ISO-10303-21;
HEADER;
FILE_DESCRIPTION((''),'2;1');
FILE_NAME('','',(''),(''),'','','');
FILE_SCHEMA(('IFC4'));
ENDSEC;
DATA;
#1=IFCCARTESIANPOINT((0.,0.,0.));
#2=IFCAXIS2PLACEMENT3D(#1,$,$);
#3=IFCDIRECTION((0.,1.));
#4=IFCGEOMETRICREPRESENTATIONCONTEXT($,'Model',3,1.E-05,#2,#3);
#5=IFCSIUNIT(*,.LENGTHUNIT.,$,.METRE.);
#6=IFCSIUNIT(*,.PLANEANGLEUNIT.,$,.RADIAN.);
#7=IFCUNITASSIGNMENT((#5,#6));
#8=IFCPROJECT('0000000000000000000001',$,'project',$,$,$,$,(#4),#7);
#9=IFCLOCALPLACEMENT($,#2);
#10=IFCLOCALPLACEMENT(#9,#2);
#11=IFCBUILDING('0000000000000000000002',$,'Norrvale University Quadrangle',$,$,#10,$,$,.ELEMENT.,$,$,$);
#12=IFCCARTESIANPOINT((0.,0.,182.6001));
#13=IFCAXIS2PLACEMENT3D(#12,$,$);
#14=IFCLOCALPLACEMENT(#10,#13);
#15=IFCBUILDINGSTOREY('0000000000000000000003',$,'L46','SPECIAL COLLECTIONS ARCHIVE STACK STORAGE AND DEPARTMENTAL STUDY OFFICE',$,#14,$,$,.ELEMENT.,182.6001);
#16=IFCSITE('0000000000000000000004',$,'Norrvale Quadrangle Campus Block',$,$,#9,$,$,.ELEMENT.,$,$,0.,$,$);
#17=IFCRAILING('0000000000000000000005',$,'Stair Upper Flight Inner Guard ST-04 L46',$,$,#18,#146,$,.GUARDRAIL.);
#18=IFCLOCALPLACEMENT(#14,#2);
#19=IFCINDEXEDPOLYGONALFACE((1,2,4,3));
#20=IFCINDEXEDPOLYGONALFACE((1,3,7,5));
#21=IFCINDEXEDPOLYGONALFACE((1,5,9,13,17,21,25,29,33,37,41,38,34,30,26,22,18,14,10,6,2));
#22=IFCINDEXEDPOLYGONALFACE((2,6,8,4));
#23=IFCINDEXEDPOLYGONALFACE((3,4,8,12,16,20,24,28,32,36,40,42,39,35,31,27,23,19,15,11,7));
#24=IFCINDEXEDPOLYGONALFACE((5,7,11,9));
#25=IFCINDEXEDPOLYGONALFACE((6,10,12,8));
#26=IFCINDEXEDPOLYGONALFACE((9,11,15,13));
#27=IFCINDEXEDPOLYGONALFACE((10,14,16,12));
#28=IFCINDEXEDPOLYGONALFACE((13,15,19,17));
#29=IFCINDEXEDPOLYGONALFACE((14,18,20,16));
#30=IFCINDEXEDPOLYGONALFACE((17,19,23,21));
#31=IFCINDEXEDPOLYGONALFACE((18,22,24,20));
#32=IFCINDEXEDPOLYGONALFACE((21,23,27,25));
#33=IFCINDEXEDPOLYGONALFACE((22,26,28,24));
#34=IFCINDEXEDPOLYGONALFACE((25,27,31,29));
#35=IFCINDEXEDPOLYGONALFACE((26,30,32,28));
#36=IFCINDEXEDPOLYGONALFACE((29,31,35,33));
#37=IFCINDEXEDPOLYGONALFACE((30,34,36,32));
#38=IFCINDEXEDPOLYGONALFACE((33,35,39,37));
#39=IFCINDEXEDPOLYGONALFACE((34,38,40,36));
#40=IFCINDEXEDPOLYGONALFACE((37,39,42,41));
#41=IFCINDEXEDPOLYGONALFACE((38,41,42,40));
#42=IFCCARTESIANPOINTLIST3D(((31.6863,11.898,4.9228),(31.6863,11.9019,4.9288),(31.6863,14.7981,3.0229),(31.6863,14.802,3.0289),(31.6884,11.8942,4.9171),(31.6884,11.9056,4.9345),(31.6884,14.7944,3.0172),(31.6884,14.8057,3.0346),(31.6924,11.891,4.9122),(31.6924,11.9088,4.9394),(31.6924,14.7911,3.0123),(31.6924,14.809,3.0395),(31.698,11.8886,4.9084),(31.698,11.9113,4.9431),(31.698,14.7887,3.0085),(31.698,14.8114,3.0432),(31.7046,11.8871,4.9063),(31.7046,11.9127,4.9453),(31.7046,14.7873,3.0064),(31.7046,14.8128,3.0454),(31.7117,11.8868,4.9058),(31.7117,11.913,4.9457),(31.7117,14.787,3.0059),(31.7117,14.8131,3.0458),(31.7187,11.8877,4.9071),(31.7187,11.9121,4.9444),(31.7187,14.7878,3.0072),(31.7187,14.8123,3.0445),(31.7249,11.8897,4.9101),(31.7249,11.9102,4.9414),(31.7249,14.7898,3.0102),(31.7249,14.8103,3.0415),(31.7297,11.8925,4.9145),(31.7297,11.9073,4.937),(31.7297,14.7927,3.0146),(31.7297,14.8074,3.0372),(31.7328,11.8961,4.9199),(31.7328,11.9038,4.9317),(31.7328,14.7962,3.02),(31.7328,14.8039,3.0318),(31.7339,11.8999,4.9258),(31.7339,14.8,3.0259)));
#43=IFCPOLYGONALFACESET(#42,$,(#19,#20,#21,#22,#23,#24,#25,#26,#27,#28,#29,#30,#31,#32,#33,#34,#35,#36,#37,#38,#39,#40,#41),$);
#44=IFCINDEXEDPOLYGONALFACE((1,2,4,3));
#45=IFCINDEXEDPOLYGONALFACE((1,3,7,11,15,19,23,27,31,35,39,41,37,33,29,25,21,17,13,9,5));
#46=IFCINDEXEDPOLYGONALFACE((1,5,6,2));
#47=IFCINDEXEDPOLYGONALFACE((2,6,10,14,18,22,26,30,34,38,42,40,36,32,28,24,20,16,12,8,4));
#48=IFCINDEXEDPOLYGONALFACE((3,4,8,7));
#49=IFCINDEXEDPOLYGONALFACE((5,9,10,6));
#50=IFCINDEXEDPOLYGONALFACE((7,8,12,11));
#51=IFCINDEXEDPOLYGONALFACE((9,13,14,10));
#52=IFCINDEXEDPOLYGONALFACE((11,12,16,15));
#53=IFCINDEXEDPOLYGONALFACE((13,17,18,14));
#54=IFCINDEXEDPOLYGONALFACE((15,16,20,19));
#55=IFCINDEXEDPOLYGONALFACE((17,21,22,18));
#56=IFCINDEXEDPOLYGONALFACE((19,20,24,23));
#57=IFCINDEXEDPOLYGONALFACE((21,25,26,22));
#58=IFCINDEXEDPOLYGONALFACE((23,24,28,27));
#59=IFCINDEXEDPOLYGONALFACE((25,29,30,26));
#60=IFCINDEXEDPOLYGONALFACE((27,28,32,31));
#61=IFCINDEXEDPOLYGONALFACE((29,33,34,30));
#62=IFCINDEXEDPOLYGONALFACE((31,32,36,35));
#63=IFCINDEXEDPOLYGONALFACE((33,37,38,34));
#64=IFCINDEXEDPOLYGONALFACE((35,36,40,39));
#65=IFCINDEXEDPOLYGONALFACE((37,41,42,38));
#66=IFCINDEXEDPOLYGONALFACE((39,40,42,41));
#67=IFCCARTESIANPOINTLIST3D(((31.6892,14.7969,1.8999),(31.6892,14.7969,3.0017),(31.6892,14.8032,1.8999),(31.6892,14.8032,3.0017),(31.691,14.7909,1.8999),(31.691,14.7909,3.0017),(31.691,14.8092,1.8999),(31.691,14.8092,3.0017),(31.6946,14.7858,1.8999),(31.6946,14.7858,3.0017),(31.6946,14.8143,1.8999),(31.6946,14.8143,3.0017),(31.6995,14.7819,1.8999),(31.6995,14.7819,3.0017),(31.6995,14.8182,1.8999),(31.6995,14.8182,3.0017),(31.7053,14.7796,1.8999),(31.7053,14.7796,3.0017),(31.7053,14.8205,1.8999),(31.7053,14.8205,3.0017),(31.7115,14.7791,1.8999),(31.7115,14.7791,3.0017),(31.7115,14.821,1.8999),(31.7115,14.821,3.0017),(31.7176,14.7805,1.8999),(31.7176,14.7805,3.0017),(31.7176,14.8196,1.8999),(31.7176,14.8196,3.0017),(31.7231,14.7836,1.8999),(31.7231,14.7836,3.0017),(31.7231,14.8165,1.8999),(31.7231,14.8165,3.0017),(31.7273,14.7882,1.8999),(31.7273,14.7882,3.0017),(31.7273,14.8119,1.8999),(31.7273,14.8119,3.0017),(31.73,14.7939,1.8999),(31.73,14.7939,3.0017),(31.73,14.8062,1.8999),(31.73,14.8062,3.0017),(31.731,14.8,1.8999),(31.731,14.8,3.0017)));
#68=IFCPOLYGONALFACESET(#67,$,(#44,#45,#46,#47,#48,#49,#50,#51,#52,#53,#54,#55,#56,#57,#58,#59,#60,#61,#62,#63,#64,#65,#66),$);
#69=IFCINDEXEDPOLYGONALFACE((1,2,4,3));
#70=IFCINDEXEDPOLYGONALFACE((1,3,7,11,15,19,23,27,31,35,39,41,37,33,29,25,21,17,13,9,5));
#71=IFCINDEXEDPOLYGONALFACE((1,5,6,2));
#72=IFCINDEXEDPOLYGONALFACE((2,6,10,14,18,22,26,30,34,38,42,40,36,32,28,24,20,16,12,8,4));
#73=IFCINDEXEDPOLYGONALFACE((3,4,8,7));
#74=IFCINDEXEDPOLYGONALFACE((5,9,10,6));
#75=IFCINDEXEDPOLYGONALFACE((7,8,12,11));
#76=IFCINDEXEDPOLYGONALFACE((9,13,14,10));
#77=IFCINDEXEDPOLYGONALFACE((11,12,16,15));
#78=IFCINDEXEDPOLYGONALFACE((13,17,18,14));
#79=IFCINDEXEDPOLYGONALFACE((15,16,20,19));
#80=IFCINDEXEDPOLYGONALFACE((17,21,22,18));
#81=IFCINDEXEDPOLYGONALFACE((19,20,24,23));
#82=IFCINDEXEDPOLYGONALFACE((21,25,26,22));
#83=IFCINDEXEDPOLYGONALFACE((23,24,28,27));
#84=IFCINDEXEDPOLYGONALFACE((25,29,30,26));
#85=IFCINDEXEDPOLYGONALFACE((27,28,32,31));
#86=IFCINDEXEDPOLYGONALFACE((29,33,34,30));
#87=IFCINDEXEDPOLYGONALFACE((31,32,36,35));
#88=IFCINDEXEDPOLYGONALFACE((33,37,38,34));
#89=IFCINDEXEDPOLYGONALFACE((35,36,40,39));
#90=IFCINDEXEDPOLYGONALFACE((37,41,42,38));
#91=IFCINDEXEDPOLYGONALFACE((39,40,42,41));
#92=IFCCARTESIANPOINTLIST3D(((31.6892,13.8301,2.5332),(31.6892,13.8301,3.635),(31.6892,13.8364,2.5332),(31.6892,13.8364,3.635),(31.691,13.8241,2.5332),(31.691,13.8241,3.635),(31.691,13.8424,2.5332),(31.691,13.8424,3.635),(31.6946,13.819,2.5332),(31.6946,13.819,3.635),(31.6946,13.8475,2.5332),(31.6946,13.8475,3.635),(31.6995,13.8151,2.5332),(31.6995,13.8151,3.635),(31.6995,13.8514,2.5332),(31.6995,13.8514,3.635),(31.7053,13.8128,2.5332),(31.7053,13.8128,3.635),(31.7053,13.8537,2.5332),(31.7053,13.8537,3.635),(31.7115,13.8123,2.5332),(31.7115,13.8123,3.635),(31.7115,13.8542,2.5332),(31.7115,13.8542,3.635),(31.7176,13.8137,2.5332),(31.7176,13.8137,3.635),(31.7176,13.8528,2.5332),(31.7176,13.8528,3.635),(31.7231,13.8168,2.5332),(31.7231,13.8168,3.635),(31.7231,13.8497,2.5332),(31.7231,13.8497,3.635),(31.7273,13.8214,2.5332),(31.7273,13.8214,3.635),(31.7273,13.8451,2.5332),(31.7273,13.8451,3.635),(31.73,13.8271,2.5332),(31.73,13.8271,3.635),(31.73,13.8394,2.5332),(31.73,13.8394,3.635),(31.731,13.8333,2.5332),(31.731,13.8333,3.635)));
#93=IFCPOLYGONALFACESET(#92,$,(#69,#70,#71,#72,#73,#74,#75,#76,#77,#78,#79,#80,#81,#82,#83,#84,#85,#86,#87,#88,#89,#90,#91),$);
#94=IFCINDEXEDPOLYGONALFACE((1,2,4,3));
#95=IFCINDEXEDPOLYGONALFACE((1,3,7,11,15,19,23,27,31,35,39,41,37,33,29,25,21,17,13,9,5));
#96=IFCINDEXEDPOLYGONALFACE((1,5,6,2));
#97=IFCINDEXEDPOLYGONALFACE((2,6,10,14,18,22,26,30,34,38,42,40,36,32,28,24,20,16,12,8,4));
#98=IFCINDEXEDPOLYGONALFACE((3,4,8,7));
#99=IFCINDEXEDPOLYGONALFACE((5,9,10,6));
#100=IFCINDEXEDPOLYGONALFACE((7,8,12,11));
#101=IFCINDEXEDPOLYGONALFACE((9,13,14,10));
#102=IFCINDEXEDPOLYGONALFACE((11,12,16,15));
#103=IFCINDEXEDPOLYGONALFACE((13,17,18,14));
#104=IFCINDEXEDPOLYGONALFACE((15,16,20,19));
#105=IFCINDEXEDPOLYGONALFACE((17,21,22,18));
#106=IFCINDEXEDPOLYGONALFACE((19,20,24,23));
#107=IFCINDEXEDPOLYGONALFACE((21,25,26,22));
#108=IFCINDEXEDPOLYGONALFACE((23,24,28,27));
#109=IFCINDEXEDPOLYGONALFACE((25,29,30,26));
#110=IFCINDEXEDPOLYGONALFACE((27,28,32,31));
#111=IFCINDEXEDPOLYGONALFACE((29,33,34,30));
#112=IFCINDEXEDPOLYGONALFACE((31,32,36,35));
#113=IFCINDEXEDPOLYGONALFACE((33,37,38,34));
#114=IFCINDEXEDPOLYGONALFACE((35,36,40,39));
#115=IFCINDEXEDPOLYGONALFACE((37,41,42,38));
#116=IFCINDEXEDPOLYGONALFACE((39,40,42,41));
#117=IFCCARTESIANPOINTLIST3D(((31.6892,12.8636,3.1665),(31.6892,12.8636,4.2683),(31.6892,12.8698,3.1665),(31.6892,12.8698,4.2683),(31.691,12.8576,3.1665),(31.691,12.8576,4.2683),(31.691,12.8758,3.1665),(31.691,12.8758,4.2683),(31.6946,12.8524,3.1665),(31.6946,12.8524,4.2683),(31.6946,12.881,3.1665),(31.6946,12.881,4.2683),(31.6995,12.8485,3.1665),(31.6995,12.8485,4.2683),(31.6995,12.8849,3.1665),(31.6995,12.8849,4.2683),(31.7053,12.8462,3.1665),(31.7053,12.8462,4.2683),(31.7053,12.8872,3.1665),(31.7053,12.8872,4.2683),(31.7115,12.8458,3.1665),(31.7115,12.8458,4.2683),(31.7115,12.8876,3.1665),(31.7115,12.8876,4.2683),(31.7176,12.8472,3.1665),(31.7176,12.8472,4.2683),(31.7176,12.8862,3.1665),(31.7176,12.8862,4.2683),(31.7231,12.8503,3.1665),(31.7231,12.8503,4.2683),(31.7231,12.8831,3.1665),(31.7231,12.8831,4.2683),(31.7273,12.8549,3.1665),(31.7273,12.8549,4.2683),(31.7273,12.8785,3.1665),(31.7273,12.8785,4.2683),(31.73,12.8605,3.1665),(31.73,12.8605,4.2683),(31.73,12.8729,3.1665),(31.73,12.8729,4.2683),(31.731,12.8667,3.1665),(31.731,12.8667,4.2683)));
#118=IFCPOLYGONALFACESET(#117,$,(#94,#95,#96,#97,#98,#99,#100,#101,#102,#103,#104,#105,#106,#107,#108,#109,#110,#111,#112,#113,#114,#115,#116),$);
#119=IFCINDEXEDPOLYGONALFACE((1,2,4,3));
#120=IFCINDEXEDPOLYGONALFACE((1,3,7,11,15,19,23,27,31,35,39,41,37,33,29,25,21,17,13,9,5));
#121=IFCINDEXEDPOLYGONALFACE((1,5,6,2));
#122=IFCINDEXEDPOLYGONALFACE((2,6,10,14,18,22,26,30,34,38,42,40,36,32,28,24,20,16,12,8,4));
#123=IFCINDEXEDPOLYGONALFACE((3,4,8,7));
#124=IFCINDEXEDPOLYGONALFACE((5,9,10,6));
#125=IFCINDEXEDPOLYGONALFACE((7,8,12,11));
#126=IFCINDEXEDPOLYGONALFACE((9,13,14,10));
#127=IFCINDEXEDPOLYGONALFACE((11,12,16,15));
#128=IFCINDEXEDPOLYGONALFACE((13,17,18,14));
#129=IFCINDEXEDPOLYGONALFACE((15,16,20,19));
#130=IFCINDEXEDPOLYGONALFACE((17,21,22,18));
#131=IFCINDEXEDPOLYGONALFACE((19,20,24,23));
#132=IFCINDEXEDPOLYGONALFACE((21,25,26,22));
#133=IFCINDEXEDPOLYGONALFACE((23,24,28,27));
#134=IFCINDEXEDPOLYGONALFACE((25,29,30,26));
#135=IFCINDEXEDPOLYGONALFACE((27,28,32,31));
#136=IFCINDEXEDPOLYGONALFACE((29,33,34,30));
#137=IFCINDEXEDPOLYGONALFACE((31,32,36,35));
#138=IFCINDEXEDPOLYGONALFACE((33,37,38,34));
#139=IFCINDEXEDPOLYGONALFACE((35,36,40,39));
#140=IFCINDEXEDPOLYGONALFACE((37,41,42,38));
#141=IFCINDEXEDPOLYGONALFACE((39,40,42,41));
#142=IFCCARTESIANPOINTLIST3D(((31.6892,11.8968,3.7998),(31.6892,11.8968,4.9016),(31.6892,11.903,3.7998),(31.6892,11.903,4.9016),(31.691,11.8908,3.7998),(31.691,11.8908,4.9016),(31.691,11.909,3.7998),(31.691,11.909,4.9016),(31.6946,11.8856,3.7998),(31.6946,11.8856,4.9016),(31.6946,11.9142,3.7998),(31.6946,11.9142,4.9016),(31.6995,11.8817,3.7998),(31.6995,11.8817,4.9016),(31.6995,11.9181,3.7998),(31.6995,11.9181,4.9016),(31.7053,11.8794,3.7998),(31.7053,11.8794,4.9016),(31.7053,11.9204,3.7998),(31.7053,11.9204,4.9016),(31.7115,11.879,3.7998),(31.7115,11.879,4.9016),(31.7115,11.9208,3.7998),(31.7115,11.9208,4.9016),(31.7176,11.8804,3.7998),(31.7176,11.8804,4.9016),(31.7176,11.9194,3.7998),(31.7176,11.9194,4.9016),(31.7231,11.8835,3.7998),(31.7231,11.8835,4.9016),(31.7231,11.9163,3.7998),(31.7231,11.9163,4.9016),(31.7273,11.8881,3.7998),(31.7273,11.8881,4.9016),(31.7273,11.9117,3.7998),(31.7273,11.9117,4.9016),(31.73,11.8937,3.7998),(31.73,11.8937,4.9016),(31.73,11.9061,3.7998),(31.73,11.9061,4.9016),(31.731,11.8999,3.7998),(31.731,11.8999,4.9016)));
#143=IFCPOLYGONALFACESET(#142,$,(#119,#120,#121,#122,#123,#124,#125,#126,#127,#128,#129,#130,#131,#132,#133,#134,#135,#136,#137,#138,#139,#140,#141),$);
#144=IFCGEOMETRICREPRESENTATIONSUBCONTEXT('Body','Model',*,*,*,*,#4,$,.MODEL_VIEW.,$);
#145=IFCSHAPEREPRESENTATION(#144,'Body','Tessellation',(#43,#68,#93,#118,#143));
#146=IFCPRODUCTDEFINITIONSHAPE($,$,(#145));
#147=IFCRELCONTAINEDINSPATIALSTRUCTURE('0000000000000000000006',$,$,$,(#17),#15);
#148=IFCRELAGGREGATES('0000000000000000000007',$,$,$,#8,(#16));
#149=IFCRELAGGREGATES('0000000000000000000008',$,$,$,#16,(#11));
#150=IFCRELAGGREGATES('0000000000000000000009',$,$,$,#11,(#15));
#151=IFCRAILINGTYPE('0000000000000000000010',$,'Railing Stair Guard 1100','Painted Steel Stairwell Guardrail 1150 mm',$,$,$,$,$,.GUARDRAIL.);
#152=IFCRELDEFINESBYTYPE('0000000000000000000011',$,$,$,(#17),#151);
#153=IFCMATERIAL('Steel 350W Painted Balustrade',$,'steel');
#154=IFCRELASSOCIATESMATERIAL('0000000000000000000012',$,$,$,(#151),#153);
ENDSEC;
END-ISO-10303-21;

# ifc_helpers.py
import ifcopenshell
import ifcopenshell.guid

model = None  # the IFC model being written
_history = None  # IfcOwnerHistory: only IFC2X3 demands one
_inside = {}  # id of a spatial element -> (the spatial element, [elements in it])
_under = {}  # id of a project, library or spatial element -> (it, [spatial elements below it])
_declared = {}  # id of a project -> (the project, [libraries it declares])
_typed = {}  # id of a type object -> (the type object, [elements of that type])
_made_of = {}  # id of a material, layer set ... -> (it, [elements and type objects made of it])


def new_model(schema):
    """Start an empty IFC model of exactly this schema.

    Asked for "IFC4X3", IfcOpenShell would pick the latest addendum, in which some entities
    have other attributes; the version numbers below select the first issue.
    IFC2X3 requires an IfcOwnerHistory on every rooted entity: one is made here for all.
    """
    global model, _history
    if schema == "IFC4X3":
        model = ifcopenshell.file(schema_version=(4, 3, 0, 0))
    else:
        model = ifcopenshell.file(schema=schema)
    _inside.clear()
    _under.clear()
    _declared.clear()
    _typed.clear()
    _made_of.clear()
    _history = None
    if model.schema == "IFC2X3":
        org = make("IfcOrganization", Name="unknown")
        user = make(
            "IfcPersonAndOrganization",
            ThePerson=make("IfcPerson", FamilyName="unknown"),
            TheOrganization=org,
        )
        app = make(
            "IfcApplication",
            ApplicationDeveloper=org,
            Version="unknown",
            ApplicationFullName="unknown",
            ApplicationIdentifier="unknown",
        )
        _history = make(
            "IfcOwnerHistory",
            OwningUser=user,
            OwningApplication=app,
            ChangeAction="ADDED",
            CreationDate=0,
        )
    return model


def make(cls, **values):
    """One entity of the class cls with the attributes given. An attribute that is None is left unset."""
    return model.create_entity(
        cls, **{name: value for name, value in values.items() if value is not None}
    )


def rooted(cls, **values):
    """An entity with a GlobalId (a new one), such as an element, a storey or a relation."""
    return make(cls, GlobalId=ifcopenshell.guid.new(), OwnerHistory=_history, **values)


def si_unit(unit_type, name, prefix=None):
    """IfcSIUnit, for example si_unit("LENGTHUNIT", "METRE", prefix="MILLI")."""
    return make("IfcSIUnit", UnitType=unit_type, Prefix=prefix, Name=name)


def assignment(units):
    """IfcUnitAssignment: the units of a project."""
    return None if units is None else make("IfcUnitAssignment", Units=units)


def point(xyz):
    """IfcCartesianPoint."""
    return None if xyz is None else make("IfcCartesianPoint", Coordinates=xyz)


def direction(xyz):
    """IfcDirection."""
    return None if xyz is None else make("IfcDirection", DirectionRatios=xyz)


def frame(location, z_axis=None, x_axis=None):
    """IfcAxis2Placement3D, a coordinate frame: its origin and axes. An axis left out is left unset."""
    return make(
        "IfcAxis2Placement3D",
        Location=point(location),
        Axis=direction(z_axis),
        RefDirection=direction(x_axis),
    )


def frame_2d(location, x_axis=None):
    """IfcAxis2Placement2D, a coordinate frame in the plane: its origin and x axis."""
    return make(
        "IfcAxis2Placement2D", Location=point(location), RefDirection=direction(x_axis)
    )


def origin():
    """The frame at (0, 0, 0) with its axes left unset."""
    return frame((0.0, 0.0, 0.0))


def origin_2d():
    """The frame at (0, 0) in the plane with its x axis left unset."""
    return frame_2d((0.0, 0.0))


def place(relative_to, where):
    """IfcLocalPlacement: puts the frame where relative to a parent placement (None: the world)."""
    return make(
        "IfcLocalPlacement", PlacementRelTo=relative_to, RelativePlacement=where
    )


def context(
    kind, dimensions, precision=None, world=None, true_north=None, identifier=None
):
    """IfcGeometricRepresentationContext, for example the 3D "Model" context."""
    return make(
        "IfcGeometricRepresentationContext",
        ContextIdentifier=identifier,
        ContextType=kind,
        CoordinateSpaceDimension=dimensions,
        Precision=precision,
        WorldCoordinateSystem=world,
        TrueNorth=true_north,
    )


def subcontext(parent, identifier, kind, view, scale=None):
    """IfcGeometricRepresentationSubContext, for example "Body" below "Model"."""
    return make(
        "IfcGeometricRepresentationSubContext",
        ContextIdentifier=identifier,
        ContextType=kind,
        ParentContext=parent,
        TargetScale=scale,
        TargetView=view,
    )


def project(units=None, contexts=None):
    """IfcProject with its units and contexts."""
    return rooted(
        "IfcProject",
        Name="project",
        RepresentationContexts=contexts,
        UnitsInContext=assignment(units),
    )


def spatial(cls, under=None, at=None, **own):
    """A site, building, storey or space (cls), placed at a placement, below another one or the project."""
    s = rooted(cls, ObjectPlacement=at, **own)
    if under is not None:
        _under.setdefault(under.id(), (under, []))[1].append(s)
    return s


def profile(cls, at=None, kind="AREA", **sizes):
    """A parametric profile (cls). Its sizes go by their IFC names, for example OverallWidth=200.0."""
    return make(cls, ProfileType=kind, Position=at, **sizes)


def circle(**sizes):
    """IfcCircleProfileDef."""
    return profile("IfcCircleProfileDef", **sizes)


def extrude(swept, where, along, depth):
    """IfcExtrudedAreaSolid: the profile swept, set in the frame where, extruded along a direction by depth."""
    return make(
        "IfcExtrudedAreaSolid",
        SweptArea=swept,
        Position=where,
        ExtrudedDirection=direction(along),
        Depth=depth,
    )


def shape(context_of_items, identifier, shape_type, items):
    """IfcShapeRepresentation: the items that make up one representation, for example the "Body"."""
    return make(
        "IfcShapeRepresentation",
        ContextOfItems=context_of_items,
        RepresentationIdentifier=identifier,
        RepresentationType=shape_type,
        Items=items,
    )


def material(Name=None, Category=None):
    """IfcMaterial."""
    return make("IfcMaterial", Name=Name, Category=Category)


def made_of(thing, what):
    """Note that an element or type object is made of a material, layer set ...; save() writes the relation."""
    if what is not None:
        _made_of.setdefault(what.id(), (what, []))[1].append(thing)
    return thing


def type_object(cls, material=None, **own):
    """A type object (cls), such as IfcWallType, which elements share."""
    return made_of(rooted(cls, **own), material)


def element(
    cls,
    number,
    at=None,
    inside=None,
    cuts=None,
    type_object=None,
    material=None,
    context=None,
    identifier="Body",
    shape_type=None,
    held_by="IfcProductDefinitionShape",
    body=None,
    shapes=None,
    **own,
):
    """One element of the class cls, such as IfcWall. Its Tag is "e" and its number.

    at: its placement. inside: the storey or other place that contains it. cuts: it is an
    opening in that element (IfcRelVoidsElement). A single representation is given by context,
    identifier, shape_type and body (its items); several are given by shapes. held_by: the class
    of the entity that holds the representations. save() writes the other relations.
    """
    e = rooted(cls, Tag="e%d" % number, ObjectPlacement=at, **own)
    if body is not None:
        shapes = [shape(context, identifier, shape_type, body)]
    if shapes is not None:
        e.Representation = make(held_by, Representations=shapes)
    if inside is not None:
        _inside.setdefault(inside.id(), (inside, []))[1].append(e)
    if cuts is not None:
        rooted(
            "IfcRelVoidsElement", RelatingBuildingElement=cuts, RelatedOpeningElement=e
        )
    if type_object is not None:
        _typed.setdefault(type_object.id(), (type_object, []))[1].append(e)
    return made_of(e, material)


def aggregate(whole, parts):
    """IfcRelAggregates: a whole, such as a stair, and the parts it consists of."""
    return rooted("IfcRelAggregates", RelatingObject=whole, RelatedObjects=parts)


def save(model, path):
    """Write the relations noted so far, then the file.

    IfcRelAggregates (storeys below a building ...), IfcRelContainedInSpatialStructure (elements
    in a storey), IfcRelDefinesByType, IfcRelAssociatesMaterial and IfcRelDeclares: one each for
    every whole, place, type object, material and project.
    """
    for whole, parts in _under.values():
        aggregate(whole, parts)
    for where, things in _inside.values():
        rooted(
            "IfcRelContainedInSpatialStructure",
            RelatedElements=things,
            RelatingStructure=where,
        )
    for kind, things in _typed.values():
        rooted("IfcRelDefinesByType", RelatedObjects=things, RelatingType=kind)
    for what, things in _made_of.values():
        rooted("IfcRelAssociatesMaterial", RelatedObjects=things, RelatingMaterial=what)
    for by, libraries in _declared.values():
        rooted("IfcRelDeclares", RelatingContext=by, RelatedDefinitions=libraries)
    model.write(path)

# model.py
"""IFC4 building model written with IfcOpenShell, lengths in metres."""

from ifc_helpers import new_model, si_unit, direction, frame, origin, origin_2d, place, context, subcontext, project, spatial, circle, extrude, material, type_object, element, save


model = new_model("IFC4")

# Units and contexts
model_context = context("Model", 3, precision=1e-05, world=origin(), true_north=direction((0.0, 1.0)))
body_context = subcontext(model_context, "Body", "Model", "MODEL_VIEW")
ifc_project = project(units=[si_unit("LENGTHUNIT", "METRE"), si_unit("PLANEANGLEUNIT", "RADIAN")], contexts=[model_context])

# Site, building, storey
site_placement = place(None, origin())
site = spatial("IfcSite", under=ifc_project, at=site_placement, Name="Norrvale Quadrangle Campus Block", CompositionType="ELEMENT", RefElevation=0.0)
building_placement = place(site_placement, origin())
building = spatial("IfcBuilding", under=site, at=building_placement, Name="Norrvale University Quadrangle", CompositionType="ELEMENT")
storey_placement = place(building_placement, frame((0.0, 0.0, 182.6001)))
storey = spatial("IfcBuildingStorey", under=building, at=storey_placement, Name="L46", Description="SPECIAL COLLECTIONS ARCHIVE STACK STORAGE AND DEPARTMENTAL STUDY OFFICE", CompositionType="ELEMENT", Elevation=182.6001)

# Railing
ifc_material_1 = material(Name="Steel 350W Painted Balustrade", Category="steel")
railing_type_1 = type_object("IfcRailingType", Name="Railing Stair Guard 1100", Description="Painted Steel Stairwell Guardrail 1150 mm", PredefinedType="GUARDRAIL", material=ifc_material_1)
railing_1_placement = place(storey_placement, frame((31.71, 14.8, 1.8999)))
element("IfcRailing", 1, at=railing_1_placement, inside=storey, type_object=railing_type_1, Name="Stair Upper Flight Inner Guard ST-04 L46", PredefinedType="GUARDRAIL", context=body_context, shape_type="SweptSolid", body=[
    extrude(circle(Radius=0.0239, at=origin_2d()), frame((0.0, 0.0, 1.126), z_axis=(0.0, -0.836487, 0.547987), x_axis=(1.0, 0.0, 0.0)), (0.0, 0.0, 1.0), 3.467),
    extrude(circle(Radius=0.021, at=origin_2d()), origin(), (0.0, 0.0, 1.0), 1.1018),
    extrude(circle(Radius=0.021, at=origin_2d()), frame((0.0, -0.9668, 0.6333)), (0.0, 0.0, 1.0), 1.1018),
    extrude(circle(Radius=0.021, at=origin_2d()), frame((0.0, -1.9333, 1.2666)), (0.0, 0.0, 1.0), 1.1018),
    extrude(circle(Radius=0.021, at=origin_2d()), frame((0.0, -2.9001, 1.8999)), (0.0, 0.0, 1.0), 1.1018),
])

save(model, "model.ifc")
